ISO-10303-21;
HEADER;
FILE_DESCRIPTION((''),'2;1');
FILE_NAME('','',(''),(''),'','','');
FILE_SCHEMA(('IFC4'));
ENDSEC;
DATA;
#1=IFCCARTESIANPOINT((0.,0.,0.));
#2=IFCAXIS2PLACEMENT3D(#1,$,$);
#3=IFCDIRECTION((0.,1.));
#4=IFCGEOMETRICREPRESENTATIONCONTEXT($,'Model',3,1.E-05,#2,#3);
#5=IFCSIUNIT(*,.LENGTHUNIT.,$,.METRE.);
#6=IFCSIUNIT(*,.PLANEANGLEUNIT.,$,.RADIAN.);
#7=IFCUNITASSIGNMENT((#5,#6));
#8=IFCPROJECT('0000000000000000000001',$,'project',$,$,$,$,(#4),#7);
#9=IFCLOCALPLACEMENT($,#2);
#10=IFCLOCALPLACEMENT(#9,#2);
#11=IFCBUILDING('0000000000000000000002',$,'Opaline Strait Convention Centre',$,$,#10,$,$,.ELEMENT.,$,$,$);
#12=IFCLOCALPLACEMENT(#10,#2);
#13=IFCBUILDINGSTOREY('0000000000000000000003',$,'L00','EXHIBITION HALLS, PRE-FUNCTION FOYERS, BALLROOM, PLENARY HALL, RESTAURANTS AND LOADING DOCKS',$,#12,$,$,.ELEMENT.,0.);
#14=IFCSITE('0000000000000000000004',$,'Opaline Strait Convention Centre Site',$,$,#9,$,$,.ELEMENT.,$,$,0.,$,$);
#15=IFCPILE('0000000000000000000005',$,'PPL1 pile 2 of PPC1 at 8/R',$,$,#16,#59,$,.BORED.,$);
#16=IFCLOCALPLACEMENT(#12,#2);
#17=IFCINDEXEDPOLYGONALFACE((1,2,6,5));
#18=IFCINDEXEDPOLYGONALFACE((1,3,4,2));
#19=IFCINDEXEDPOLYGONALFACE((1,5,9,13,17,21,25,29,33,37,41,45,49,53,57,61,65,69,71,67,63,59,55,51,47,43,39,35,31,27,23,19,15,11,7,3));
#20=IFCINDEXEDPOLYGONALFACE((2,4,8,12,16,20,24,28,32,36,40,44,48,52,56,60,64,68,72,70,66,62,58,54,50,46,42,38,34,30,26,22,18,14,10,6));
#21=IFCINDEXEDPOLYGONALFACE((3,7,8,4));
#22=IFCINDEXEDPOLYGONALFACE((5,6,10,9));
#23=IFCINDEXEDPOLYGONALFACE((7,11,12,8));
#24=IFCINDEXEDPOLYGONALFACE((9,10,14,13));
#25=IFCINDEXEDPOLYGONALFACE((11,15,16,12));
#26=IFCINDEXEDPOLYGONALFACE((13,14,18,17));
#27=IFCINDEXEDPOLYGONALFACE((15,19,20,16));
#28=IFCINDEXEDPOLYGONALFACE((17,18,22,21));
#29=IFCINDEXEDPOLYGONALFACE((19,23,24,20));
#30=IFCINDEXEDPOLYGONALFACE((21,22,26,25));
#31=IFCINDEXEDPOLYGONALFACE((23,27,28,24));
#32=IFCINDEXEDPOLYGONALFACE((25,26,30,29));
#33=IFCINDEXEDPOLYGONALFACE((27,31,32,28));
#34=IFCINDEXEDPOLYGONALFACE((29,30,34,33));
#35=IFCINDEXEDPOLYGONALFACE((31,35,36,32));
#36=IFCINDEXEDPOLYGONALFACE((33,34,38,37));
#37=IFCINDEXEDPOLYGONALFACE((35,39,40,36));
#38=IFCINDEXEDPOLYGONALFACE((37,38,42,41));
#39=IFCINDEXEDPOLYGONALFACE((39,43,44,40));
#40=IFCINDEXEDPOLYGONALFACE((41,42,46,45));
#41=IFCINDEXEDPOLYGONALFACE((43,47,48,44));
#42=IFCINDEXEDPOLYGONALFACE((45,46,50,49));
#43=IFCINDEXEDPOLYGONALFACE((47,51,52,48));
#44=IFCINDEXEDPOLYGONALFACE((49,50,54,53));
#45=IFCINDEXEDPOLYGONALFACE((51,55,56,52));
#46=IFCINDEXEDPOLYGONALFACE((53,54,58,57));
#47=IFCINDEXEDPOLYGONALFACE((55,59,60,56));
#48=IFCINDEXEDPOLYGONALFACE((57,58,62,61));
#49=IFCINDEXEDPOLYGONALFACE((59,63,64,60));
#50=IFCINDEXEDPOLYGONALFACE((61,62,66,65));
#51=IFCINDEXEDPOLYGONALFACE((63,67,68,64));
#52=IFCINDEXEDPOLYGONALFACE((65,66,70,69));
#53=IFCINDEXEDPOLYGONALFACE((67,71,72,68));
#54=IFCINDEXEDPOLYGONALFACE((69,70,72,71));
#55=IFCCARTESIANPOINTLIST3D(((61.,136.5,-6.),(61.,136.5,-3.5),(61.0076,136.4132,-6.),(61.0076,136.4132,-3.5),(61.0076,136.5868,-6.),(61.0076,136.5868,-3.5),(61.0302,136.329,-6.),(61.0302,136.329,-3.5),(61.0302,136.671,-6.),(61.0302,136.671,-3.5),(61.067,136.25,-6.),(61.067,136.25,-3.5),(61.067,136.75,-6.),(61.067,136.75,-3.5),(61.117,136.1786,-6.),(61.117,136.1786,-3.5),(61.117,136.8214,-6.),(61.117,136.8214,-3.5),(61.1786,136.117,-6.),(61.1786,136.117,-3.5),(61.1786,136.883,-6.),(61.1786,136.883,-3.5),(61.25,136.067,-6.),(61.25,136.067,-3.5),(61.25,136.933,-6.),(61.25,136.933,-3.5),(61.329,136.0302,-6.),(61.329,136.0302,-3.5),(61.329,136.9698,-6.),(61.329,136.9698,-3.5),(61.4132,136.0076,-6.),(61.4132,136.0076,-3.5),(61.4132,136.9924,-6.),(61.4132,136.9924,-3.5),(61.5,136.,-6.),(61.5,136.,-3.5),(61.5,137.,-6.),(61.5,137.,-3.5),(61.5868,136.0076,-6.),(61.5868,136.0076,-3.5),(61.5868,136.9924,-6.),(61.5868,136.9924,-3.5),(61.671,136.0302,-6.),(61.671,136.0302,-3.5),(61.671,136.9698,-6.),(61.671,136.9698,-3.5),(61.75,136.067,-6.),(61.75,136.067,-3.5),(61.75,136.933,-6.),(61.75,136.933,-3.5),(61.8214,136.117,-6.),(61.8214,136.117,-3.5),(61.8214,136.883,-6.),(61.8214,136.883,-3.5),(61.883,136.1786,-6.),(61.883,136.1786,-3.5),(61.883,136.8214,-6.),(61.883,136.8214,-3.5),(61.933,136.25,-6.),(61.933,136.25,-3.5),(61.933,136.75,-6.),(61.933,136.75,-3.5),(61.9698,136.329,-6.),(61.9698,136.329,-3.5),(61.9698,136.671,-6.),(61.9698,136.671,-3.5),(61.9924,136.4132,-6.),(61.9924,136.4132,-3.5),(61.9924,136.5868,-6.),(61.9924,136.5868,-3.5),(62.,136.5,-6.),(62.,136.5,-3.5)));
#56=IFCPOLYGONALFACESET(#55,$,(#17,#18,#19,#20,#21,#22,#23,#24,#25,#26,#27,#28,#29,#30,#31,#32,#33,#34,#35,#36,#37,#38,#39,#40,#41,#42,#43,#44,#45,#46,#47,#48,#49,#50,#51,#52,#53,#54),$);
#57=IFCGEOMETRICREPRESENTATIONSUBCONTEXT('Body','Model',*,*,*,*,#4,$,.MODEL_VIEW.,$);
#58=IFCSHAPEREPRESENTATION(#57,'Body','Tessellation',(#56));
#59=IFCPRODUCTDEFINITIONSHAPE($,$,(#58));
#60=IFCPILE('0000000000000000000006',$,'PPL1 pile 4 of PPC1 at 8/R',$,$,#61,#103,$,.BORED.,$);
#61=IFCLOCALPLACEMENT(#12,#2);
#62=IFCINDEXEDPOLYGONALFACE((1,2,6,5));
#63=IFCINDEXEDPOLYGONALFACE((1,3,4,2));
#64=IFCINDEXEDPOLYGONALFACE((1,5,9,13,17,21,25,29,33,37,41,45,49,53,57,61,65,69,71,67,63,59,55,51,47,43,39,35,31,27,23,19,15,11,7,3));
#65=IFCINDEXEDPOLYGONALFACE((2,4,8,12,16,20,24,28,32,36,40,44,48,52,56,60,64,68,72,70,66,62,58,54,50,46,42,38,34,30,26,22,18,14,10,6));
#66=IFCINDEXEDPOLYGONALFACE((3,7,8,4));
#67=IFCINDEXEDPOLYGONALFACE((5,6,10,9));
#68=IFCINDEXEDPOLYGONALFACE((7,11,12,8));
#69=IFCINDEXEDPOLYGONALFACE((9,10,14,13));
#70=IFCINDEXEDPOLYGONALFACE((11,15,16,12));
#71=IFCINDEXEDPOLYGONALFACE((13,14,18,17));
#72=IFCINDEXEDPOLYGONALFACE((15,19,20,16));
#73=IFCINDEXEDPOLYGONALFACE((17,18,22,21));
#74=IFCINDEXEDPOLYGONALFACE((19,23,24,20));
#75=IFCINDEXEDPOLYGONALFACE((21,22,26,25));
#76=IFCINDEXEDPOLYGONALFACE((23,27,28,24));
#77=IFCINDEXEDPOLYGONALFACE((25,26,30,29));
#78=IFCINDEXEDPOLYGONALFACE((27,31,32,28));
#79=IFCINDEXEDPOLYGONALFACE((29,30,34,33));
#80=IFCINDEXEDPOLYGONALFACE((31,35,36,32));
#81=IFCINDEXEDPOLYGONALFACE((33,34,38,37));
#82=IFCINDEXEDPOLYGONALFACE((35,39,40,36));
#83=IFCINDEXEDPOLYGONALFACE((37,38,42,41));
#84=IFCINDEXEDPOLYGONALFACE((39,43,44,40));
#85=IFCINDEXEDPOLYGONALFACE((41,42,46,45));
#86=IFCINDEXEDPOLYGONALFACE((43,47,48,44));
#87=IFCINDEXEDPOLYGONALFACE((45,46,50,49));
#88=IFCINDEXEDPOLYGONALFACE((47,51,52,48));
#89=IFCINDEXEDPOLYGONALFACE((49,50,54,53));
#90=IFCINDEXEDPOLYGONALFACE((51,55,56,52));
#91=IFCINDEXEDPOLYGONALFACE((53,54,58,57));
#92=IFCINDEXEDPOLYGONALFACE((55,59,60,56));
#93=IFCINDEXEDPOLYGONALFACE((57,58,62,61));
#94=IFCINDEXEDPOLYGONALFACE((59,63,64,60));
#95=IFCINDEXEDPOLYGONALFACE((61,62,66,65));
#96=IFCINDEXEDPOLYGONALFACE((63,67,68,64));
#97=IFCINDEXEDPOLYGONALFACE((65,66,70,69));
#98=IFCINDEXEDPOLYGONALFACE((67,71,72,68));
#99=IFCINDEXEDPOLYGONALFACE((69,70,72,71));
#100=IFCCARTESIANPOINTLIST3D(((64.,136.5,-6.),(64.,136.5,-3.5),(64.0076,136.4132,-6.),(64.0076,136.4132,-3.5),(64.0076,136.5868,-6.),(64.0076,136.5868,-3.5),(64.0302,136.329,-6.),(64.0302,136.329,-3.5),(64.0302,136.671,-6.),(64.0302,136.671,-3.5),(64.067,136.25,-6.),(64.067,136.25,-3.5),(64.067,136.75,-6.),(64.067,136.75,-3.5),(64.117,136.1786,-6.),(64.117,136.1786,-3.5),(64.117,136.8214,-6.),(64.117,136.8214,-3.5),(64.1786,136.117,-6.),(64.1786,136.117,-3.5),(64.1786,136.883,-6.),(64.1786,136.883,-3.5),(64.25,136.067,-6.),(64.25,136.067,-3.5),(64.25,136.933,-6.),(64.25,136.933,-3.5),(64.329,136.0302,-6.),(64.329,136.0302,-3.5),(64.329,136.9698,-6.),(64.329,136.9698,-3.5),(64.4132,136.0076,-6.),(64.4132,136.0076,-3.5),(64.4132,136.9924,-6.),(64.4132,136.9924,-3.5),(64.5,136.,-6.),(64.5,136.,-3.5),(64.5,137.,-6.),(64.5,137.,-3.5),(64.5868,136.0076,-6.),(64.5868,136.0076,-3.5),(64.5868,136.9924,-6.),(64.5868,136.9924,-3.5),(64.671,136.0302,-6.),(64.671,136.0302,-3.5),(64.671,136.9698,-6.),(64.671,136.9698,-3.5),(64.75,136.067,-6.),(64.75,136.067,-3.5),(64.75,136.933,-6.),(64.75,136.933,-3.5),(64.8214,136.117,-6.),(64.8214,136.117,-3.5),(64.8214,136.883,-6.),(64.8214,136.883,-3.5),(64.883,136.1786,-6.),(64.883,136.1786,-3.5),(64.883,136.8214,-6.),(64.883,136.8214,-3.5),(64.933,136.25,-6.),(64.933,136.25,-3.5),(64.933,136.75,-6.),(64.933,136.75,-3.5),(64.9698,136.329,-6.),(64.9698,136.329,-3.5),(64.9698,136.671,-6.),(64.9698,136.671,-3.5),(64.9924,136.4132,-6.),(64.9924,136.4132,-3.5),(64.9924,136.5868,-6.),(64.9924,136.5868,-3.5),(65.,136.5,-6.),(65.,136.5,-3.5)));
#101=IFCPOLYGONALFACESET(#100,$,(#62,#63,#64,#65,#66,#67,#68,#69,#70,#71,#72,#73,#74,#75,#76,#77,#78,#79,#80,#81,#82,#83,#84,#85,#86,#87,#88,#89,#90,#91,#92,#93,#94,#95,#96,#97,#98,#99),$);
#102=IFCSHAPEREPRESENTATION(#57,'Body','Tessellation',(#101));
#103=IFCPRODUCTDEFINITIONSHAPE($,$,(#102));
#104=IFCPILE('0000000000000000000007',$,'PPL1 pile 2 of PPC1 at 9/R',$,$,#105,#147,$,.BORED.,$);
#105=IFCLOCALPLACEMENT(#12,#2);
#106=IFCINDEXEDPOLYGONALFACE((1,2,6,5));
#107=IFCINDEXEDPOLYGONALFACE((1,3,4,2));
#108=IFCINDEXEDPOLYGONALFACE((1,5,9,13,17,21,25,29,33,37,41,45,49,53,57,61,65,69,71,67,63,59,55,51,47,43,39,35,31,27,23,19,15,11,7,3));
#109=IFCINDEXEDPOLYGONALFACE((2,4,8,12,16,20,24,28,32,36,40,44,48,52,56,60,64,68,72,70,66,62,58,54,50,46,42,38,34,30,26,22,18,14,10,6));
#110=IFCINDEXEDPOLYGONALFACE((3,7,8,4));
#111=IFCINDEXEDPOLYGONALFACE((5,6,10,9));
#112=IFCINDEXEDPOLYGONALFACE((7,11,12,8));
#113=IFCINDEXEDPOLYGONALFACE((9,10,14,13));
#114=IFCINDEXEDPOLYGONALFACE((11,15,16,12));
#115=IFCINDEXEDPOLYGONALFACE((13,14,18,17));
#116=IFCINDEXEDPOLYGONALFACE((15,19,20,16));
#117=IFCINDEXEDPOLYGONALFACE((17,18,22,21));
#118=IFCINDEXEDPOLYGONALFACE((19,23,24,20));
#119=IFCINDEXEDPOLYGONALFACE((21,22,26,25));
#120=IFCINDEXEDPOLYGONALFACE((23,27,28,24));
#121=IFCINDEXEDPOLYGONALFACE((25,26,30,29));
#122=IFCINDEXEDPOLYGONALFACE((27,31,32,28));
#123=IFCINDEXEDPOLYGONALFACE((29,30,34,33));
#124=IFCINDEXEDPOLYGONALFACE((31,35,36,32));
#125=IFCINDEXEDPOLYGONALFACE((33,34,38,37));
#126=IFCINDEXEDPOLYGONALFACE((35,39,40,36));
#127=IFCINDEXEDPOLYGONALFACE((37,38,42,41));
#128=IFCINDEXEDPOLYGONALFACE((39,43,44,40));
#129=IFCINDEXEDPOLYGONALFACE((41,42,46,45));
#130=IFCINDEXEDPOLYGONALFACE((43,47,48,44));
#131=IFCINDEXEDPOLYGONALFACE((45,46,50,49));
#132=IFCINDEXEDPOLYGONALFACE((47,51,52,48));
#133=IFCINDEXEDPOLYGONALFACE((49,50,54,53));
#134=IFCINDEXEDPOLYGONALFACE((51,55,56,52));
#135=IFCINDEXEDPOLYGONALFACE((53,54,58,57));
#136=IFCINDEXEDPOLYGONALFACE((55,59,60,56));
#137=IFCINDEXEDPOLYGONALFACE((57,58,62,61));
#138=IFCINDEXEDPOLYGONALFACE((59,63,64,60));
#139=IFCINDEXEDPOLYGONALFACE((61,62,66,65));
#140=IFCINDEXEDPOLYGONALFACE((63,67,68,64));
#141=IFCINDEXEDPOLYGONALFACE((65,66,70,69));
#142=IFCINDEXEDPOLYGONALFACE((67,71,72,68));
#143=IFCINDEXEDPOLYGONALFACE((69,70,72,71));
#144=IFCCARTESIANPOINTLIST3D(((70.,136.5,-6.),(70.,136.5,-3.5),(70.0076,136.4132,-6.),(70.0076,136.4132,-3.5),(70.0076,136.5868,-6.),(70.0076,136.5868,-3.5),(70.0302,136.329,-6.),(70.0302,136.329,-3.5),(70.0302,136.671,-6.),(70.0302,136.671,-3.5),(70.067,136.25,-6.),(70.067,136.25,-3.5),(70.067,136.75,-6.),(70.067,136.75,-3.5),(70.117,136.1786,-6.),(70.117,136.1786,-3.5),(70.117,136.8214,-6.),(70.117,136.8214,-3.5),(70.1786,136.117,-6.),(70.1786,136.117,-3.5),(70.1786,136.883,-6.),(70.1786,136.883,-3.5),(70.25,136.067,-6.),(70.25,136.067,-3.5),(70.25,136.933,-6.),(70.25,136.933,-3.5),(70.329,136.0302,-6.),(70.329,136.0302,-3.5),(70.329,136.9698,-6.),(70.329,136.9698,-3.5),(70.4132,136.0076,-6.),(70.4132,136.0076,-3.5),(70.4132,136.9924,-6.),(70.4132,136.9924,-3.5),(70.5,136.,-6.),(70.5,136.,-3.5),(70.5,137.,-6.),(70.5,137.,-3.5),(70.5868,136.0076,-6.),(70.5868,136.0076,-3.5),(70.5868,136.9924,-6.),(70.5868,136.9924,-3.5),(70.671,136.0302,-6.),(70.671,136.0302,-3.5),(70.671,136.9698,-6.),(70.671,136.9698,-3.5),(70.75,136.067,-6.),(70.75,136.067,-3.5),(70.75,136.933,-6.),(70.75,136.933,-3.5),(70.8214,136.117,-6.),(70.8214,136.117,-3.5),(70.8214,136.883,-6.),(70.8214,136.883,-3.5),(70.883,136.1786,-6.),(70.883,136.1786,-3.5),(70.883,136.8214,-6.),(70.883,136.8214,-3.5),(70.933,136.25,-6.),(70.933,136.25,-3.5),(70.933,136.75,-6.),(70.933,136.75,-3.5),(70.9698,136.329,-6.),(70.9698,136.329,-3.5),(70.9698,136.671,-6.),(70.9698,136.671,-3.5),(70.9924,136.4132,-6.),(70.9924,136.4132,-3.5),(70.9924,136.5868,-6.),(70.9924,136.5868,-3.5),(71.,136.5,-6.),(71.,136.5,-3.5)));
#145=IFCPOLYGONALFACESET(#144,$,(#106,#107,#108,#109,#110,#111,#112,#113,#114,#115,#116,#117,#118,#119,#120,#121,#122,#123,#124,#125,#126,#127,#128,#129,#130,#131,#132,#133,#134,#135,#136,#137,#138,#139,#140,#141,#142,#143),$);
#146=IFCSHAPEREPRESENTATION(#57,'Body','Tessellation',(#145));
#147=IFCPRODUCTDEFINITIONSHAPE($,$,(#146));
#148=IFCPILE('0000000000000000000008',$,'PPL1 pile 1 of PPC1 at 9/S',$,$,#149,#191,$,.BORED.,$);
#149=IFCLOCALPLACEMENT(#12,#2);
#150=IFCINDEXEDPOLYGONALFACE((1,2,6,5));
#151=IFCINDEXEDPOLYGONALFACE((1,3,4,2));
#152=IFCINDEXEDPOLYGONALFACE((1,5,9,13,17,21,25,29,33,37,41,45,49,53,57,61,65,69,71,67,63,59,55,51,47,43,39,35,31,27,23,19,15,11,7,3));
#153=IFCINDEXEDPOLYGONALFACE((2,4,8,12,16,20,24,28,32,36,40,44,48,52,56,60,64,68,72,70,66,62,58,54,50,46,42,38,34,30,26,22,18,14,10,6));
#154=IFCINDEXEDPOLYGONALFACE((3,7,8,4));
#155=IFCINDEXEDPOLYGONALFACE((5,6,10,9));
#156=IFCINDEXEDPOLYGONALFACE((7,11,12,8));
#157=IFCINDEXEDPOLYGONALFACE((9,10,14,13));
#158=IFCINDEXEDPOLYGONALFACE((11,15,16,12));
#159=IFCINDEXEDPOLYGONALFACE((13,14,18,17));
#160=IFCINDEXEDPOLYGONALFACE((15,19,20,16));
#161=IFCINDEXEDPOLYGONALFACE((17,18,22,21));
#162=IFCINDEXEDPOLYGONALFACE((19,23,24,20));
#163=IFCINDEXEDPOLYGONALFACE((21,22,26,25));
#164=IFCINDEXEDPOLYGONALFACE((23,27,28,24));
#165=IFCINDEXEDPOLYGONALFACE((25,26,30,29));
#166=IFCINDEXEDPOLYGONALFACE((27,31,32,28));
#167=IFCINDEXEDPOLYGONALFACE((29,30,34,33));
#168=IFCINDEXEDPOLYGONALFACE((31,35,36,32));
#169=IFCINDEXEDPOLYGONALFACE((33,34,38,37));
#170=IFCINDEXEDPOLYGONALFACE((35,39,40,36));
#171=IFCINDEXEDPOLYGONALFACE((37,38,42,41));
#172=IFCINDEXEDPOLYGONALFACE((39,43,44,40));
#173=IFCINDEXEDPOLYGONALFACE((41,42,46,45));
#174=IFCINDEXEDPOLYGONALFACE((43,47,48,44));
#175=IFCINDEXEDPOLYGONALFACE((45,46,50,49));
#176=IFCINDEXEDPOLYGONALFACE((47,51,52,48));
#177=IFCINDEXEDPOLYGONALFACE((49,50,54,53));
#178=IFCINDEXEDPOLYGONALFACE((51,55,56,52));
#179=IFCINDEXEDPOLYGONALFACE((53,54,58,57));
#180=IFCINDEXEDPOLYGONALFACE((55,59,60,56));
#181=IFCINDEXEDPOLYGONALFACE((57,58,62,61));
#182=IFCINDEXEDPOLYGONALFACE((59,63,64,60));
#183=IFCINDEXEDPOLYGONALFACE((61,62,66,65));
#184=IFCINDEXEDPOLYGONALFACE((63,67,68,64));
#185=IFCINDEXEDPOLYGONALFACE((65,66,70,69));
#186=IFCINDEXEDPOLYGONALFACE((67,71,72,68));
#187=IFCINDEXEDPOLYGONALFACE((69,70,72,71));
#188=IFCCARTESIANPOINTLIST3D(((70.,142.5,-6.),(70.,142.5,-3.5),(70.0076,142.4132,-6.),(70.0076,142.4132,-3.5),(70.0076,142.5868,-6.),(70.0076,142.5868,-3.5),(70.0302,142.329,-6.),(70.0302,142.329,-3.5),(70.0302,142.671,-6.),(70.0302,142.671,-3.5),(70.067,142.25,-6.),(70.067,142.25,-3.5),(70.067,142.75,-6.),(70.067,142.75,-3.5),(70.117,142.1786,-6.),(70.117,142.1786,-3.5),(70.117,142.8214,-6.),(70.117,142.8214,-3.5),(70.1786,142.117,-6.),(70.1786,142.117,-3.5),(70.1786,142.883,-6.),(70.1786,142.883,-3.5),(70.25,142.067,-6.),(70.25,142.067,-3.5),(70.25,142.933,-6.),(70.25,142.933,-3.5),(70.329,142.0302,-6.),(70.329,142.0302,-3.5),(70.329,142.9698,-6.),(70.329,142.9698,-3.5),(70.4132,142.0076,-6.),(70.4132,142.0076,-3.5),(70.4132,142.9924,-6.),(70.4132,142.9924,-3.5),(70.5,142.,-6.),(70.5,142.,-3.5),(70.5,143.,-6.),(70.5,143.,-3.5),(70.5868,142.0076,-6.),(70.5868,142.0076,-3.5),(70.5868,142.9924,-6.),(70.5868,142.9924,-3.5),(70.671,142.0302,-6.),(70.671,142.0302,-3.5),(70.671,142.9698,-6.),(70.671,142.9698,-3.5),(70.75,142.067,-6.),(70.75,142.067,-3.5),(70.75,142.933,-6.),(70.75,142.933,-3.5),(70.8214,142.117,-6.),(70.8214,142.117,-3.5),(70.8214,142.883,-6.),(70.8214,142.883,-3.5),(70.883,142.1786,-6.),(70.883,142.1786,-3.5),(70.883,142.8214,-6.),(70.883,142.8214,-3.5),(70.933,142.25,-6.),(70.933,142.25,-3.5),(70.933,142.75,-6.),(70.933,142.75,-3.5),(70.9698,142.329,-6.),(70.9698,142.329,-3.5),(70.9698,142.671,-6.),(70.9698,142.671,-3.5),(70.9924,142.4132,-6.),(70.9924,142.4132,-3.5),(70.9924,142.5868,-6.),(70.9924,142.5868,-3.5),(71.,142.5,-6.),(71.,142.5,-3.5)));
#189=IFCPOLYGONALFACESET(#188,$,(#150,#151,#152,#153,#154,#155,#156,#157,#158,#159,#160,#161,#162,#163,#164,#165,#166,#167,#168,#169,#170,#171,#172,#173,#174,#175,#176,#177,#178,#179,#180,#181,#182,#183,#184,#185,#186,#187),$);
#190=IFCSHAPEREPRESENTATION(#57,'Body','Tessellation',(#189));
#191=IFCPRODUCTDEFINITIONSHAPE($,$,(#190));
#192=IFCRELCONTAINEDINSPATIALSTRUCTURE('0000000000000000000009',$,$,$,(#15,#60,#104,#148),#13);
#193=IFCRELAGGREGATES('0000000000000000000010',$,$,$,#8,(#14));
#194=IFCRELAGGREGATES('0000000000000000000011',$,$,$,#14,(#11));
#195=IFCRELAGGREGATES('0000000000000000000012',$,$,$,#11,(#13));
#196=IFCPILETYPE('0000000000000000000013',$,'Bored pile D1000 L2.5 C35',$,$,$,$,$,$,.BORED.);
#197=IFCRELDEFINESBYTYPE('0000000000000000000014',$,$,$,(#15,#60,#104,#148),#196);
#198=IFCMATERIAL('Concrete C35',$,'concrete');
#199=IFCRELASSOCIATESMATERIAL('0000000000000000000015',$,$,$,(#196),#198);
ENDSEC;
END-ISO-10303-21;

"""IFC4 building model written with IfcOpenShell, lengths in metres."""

from ifc_helpers import new_model, si_unit, direction, frame, origin, origin_2d, place, context, subcontext, project, spatial, circle, extrude, material, material_profile, profile_set, type_object, element, save


model = new_model("IFC4")

# Units and contexts
model_context = context("Model", 3, precision=1e-05, world=origin(), true_north=direction((0.0, 1.0)))
body_context = subcontext(model_context, "Body", "Model", "MODEL_VIEW")
ifc_project = project(units=[si_unit("LENGTHUNIT", "METRE"), si_unit("PLANEANGLEUNIT", "RADIAN")], contexts=[model_context])

# Site, building, storey
site_placement = place(None, origin())
site = spatial("IfcSite", under=ifc_project, at=site_placement, Name="Opaline Strait Convention Centre Site", CompositionType="ELEMENT", RefElevation=0.0)
building_placement = place(site_placement, origin())
building = spatial("IfcBuilding", under=site, at=building_placement, Name="Opaline Strait Convention Centre", CompositionType="ELEMENT")
storey_placement = place(building_placement, origin())
storey = spatial("IfcBuildingStorey", under=building, at=storey_placement, Name="L00", Description="EXHIBITION HALLS, PRE-FUNCTION FOYERS, BALLROOM, PLENARY HALL, RESTAURANTS AND LOADING DOCKS", CompositionType="ELEMENT", Elevation=0.0)

# Piles
ifc_material_1 = material(Name="Concrete C35", Category="concrete")
ifc_material_profile_1 = material_profile(ifc_material_1, circle(Radius=0.5, at=origin_2d()), Name="D1000")
ifc_profile_set_1 = profile_set([ifc_material_profile_1], Name="Concrete C35")
pile_type_1 = type_object("IfcPileType", Name="Bored pile D1000 L2.5 C35", PredefinedType="BORED", material=ifc_profile_set_1)
for number, where, z_axis, x_axis, name in (
    (1, (61.5, 136.5, -3.5), (0.0, 0.0, -1.0), (1.0, 0.0, 0.0), "PPL1 pile 2 of PPC1 at 8/R"),
    (2, (64.5, 136.5, -3.5), (0.0, 0.0, -1.0), (1.0, 0.0, 0.0), "PPL1 pile 4 of PPC1 at 8/R"),
    (3, (70.5, 136.5, -3.5), (0.0, 0.0, -1.0), (1.0, 0.0, 0.0), "PPL1 pile 2 of PPC1 at 9/R"),
    (4, (70.5, 142.5, -3.5), (0.0, 0.0, -1.0), (1.0, 0.0, 0.0), "PPL1 pile 1 of PPC1 at 9/S"),
):
    element("IfcPile", number, at=place(storey_placement, frame(where, z_axis=z_axis, x_axis=x_axis)), inside=storey, type_object=pile_type_1, Name=name, PredefinedType="BORED", context=body_context, shape_type="SweptSolid", body=[
        extrude(circle(Radius=0.5, at=origin_2d()), origin(), (0.0, 0.0, 1.0), 2.5),
    ])

save(model, "model.ifc")
